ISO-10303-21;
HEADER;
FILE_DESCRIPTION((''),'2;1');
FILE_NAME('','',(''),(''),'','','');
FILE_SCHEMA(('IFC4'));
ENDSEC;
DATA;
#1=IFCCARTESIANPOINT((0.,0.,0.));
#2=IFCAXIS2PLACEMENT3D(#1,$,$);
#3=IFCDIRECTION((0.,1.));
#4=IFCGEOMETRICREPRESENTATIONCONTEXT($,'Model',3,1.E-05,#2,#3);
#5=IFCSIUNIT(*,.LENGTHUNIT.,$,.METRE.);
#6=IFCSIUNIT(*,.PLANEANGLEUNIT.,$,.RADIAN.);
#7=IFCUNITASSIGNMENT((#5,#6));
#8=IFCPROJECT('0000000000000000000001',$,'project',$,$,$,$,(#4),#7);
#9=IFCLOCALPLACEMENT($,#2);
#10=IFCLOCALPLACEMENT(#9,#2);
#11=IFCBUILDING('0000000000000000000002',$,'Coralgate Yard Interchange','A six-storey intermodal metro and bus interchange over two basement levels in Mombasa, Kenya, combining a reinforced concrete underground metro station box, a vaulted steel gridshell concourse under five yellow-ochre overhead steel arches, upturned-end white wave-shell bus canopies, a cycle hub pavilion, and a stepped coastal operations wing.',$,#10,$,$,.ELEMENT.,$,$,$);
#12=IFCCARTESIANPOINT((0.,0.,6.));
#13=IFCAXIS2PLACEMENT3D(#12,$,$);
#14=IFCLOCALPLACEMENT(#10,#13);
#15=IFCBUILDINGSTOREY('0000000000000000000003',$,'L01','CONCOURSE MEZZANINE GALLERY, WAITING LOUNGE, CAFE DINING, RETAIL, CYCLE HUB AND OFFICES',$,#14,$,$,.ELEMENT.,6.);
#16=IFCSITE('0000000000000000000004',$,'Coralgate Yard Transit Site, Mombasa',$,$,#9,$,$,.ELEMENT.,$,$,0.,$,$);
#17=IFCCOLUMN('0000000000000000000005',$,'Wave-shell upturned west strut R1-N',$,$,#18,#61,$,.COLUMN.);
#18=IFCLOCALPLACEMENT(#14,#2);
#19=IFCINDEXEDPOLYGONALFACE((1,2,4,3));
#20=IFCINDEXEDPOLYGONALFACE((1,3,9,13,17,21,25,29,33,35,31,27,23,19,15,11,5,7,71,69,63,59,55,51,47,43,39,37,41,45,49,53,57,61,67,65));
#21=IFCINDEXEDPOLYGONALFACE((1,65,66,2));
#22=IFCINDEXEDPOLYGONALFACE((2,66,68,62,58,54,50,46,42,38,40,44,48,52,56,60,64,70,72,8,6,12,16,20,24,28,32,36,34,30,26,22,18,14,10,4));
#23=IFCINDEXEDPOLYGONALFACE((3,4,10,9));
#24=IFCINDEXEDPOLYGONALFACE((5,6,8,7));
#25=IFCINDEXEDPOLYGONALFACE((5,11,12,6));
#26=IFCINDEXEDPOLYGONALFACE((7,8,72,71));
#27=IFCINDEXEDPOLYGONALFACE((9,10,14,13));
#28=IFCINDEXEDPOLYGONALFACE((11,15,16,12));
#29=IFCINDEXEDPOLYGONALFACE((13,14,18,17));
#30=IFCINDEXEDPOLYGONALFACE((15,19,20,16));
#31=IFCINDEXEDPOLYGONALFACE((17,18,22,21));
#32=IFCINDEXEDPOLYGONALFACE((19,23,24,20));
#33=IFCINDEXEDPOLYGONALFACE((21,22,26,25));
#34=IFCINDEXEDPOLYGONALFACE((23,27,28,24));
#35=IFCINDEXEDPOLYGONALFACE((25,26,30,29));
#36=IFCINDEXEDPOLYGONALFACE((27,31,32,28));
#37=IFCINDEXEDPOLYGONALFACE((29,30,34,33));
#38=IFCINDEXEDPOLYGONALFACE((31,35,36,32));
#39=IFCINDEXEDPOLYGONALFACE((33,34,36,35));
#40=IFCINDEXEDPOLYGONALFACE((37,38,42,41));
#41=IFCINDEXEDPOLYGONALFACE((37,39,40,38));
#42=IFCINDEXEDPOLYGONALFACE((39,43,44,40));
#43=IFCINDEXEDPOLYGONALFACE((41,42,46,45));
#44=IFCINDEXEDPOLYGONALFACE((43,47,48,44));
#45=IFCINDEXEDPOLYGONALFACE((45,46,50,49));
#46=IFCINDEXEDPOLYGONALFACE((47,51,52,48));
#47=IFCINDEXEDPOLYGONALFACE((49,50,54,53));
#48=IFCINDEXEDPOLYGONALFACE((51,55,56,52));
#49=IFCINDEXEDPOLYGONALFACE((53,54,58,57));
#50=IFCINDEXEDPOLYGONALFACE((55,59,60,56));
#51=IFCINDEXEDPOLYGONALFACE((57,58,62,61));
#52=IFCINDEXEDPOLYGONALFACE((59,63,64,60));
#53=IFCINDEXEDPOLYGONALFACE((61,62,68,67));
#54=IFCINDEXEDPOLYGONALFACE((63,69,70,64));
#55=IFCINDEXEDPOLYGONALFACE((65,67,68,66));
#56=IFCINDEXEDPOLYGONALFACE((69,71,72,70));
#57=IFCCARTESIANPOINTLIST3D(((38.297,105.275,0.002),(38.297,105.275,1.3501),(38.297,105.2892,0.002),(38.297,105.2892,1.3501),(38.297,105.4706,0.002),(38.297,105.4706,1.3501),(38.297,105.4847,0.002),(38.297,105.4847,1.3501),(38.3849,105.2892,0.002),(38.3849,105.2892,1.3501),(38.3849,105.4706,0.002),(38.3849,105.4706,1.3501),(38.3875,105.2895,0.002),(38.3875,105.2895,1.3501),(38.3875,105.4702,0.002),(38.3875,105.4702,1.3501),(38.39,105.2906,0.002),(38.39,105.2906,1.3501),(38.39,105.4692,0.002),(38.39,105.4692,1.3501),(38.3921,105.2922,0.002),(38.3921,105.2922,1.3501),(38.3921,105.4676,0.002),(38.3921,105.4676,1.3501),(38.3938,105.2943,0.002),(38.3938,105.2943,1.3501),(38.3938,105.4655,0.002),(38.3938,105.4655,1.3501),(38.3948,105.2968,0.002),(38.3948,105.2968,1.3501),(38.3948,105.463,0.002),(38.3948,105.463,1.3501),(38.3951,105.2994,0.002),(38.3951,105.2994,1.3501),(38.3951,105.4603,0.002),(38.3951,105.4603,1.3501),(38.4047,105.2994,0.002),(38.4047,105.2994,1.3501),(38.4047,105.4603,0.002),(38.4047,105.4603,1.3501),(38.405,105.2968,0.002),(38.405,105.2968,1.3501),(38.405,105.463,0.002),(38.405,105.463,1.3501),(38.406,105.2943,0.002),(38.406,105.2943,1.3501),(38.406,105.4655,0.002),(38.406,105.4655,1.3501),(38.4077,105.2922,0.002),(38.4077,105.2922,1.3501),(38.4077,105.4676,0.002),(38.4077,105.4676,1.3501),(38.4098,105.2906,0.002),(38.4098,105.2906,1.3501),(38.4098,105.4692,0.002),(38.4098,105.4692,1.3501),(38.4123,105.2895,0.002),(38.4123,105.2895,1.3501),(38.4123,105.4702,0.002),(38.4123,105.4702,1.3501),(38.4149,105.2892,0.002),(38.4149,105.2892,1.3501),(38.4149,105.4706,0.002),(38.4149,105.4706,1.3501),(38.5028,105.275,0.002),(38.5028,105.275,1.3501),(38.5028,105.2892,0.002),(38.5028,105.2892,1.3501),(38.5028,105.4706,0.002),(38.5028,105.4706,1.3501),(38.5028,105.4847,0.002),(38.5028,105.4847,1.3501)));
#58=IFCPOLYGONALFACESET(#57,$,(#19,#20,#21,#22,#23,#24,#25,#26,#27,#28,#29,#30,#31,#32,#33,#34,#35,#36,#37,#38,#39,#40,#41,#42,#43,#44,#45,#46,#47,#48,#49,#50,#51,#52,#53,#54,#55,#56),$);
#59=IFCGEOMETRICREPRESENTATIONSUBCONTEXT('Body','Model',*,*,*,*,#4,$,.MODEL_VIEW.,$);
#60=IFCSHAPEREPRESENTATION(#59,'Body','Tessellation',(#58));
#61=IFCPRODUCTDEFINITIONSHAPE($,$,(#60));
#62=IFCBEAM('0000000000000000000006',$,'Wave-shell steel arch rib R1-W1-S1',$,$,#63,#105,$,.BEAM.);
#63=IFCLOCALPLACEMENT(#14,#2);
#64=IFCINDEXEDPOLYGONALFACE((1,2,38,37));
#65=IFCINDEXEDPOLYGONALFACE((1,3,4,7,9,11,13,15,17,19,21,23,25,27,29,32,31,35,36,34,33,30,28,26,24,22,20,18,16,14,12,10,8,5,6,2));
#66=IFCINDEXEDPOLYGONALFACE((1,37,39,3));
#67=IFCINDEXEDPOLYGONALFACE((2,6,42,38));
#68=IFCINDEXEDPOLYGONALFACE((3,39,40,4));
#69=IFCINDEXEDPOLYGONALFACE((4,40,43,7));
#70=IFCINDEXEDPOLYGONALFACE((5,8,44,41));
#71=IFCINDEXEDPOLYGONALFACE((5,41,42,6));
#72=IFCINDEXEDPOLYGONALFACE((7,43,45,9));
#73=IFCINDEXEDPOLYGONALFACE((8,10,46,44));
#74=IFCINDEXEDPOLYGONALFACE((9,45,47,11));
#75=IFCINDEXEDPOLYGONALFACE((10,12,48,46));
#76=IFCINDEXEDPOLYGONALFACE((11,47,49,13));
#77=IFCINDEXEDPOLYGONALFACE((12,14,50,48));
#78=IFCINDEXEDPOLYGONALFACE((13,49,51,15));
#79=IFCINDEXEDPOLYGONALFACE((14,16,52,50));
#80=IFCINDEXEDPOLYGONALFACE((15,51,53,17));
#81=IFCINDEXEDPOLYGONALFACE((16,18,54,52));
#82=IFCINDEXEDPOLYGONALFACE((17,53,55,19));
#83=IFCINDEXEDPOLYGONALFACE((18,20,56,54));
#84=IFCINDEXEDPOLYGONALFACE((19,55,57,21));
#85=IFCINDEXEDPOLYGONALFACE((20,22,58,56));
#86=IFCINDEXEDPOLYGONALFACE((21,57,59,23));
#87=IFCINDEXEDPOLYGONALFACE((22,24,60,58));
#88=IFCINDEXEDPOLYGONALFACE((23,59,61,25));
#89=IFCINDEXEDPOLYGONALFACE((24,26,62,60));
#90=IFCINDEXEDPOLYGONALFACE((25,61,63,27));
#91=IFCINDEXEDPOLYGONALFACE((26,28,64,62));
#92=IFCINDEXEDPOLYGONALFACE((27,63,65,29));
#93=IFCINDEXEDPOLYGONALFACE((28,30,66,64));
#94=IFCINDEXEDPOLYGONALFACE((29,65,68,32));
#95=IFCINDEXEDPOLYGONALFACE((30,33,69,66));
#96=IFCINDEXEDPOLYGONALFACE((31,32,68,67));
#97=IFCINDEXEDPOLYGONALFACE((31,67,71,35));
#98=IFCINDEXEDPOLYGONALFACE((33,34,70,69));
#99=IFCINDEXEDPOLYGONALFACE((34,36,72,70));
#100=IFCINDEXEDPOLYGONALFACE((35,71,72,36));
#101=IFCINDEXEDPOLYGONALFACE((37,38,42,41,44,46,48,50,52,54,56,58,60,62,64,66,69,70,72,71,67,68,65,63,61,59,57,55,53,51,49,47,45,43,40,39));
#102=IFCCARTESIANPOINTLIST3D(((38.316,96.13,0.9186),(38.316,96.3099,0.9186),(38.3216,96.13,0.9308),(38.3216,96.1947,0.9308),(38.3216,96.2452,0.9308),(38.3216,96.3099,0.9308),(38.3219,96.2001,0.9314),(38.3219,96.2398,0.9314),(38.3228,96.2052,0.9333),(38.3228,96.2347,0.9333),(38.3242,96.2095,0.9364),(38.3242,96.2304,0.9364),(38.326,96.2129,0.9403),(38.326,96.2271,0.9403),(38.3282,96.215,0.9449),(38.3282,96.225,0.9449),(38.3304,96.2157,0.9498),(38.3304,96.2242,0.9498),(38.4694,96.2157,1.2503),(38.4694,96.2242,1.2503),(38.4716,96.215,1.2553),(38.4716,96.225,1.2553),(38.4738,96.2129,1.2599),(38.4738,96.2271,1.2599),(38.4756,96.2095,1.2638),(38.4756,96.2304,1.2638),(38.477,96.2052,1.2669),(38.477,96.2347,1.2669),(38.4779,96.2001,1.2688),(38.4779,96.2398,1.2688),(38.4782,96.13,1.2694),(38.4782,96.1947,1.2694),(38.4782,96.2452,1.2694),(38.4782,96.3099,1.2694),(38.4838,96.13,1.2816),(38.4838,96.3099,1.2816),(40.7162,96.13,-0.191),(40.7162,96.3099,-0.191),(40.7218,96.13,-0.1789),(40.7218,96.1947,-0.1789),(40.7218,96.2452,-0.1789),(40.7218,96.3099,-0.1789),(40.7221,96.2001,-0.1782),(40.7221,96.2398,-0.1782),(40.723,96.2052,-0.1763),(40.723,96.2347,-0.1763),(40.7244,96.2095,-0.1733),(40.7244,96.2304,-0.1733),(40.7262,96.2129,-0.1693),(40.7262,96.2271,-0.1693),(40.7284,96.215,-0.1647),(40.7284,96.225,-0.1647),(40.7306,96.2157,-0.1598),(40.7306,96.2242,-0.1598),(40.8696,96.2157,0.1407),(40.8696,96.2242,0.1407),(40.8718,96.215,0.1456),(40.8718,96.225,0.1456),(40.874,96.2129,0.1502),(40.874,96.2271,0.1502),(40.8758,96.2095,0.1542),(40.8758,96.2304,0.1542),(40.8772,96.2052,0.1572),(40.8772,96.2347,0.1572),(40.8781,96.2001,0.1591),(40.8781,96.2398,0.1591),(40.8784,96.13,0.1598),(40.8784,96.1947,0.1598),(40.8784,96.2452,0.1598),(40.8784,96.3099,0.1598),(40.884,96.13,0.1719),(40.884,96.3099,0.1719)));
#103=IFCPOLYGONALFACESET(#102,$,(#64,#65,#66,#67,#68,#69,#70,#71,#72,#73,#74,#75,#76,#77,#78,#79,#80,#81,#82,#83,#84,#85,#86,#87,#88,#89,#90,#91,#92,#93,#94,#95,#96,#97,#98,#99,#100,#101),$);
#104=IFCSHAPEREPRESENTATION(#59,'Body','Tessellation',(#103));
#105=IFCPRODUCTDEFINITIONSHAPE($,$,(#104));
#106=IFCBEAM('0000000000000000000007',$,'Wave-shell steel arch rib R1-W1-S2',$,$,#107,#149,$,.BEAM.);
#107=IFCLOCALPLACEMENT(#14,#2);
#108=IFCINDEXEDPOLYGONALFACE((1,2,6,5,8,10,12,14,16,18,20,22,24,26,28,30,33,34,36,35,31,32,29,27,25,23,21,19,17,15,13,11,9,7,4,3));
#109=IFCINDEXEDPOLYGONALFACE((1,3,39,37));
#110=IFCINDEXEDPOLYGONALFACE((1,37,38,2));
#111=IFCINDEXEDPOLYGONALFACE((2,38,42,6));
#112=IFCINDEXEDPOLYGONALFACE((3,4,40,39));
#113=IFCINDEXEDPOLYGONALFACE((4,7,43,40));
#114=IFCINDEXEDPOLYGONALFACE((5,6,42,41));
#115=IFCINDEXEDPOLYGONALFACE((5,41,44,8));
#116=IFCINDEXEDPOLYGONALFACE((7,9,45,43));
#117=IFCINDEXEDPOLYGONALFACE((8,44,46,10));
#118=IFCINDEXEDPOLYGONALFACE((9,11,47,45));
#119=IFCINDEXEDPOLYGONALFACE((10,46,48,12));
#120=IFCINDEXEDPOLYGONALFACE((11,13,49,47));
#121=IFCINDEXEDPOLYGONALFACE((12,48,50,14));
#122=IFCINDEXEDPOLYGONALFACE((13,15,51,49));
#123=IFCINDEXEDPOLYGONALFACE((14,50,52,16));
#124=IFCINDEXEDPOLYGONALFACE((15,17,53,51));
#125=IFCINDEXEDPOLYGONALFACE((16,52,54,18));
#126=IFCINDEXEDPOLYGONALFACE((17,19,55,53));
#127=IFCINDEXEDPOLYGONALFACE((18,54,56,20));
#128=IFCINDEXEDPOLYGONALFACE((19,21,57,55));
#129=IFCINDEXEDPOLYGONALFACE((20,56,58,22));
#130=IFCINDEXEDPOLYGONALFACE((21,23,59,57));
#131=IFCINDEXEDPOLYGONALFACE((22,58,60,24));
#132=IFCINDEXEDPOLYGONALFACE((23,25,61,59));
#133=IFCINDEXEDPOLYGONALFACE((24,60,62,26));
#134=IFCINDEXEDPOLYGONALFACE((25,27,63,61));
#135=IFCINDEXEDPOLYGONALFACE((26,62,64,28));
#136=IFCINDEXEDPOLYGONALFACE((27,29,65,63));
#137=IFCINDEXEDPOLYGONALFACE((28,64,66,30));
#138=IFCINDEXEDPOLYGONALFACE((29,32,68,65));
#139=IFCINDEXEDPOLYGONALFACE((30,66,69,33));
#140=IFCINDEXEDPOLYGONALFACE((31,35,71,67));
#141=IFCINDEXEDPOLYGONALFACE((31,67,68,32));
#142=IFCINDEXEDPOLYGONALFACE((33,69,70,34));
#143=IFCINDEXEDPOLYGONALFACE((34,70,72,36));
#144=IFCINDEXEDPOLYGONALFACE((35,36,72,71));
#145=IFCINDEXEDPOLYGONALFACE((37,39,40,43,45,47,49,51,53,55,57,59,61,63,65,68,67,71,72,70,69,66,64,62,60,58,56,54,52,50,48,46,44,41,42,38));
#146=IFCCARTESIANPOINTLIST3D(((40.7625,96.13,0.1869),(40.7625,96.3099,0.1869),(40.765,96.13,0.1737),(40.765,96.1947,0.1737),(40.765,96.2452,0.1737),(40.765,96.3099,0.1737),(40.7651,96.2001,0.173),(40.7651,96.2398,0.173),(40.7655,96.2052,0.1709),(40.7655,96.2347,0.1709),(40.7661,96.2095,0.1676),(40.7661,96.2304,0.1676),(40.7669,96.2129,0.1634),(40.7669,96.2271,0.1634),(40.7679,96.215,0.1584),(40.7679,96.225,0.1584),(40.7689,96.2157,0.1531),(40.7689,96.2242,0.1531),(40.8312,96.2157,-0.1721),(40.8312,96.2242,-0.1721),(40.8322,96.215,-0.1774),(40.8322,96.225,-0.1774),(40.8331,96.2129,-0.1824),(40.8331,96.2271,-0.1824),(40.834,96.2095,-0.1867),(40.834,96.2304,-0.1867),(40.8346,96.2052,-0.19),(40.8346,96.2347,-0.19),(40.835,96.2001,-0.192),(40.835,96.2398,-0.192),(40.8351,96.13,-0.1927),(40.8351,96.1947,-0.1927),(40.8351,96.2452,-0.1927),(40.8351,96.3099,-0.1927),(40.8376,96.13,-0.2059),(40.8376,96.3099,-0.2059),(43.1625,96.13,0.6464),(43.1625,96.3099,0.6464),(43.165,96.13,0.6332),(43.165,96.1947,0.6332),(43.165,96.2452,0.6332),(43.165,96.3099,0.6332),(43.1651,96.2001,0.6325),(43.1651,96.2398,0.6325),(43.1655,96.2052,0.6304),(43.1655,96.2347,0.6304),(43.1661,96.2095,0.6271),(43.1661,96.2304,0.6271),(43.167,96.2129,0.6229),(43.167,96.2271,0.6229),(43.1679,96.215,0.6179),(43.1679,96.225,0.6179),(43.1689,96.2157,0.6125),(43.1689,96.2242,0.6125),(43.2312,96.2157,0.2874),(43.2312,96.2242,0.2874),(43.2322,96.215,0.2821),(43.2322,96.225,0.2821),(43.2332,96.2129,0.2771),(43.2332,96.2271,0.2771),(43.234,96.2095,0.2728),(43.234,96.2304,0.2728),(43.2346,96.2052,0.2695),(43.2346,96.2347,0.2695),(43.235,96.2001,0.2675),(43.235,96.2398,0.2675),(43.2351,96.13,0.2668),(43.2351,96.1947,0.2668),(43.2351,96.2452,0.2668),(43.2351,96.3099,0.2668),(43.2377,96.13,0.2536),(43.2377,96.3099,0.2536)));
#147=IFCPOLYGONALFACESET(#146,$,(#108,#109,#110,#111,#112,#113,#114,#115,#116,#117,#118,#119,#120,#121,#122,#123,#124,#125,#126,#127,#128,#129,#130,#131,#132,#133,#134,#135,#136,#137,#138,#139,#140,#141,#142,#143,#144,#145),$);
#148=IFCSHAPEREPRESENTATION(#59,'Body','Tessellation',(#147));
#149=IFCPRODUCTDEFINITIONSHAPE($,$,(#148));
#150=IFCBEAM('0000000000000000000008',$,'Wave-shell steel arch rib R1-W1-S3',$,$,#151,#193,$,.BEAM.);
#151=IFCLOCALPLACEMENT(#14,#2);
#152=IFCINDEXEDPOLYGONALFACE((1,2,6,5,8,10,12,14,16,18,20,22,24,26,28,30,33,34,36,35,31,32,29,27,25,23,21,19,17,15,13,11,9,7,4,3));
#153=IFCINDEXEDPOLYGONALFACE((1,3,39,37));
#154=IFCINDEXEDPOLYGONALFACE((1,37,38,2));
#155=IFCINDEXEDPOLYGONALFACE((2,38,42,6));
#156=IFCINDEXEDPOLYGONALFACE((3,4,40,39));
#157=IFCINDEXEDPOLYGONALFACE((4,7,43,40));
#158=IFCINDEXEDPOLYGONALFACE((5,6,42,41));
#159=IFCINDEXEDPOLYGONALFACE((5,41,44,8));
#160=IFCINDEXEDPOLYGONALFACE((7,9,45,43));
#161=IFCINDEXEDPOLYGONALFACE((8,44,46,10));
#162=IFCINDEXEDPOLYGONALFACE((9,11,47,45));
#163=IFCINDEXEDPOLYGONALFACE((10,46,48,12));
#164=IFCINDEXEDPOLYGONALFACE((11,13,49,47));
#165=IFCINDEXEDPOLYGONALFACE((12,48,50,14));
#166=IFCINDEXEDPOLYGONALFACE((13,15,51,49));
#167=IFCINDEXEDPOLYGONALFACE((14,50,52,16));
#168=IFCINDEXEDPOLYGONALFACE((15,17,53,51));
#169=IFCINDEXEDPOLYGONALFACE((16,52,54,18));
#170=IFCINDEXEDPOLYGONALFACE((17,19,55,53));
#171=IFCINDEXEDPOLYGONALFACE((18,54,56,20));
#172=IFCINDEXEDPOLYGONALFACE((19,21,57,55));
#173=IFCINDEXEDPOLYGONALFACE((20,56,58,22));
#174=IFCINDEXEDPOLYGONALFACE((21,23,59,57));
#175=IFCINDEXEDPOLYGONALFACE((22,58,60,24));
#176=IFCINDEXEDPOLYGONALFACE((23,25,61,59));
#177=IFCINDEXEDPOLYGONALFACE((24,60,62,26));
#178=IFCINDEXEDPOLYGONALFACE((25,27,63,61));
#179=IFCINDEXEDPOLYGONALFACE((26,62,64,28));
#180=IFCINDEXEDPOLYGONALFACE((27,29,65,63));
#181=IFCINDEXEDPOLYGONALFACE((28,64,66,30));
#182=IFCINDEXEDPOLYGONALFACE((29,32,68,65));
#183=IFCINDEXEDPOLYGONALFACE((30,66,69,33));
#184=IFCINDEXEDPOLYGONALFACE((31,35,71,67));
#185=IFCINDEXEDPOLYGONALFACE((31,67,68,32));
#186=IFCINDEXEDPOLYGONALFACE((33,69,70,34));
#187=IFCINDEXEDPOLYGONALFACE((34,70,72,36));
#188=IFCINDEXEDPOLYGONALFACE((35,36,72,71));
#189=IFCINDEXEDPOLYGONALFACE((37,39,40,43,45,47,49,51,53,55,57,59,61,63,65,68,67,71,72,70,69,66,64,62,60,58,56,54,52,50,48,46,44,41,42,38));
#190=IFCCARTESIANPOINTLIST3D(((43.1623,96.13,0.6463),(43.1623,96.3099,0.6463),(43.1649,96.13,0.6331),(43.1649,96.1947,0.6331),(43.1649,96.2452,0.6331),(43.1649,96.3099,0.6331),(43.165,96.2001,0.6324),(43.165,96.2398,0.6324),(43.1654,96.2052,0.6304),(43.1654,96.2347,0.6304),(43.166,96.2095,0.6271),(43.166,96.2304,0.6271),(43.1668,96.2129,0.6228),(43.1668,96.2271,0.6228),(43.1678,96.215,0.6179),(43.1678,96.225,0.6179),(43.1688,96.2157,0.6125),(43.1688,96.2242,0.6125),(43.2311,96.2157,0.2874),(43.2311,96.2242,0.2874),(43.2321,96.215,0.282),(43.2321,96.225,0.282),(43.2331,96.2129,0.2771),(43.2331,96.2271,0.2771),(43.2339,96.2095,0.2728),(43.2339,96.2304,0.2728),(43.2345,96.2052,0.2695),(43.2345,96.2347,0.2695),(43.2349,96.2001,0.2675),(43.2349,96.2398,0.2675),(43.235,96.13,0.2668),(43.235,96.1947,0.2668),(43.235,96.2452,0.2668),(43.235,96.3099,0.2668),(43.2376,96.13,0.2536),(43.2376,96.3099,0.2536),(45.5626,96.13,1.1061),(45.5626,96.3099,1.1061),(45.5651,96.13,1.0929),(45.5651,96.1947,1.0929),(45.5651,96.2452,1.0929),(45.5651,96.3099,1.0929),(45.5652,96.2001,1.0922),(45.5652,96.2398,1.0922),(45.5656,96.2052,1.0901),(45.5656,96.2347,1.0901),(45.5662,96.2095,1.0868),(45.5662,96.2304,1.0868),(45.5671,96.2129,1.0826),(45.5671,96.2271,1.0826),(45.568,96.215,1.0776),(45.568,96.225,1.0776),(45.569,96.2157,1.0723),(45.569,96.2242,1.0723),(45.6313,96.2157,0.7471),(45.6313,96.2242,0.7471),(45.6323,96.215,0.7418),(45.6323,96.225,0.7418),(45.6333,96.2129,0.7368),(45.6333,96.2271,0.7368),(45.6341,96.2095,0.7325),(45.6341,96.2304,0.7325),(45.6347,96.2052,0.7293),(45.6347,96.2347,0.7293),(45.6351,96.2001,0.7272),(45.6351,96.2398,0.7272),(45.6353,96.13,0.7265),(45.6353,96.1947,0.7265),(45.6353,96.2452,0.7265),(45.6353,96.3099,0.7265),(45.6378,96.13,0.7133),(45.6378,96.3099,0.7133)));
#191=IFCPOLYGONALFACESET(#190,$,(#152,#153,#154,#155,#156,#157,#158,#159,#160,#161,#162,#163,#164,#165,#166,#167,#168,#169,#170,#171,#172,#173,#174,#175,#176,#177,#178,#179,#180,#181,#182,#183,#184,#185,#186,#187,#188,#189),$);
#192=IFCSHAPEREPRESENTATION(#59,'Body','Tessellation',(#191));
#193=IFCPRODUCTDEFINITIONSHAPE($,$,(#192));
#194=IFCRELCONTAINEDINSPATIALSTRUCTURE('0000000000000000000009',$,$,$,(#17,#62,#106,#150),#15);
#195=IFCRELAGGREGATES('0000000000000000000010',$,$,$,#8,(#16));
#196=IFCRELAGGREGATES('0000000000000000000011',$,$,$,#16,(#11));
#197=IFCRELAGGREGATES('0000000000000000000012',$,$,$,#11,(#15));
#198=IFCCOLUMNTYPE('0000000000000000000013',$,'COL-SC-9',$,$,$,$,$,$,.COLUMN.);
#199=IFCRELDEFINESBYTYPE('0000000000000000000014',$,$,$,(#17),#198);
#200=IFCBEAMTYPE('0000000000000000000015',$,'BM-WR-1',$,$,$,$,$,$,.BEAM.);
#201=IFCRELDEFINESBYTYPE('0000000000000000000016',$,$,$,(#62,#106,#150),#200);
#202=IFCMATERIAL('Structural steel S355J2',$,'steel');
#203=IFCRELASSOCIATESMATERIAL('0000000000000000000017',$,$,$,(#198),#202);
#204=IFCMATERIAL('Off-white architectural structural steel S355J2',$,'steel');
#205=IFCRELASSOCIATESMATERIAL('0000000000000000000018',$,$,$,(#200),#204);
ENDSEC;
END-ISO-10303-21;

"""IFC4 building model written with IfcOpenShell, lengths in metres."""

from ifc_helpers import new_model, si_unit, direction, frame, origin, origin_2d, place, context, subcontext, project, spatial, i_section, extrude, material, material_profile, profile_set, type_object, element, save


model = new_model("IFC4")

# Units and contexts
model_context = context("Model", 3, precision=1e-05, world=origin(), true_north=direction((0.0, 1.0)))
body_context = subcontext(model_context, "Body", "Model", "MODEL_VIEW")
ifc_project = project(units=[si_unit("LENGTHUNIT", "METRE"), si_unit("PLANEANGLEUNIT", "RADIAN")], contexts=[model_context])

# Site, building, storey
site_placement = place(None, origin())
site = spatial("IfcSite", under=ifc_project, at=site_placement, Name="Coralgate Yard Transit Site, Mombasa", CompositionType="ELEMENT", RefElevation=0.0)
building_placement = place(site_placement, origin())
building = spatial("IfcBuilding", under=site, at=building_placement, Name="Coralgate Yard Interchange", Description="A six-storey intermodal metro and bus interchange over two basement levels in Mombasa, Kenya, combining a reinforced concrete underground metro station box, a vaulted steel gridshell concourse under five yellow-ochre overhead steel arches, upturned-end white wave-shell bus canopies, a cycle hub pavilion, and a stepped coastal operations wing.", CompositionType="ELEMENT")
storey_placement = place(building_placement, frame((0.0, 0.0, 6.0)))
storey = spatial("IfcBuildingStorey", under=building, at=storey_placement, Name="L01", Description="CONCOURSE MEZZANINE GALLERY, WAITING LOUNGE, CAFE DINING, RETAIL, CYCLE HUB AND OFFICES", CompositionType="ELEMENT", Elevation=6.0)

# Column
ifc_material_1 = material(Name="Structural steel S355J2", Category="steel")
ifc_material_profile_1 = material_profile(ifc_material_1, i_section(OverallWidth=0.2058, OverallDepth=0.2097, WebThickness=0.0095, FlangeThickness=0.0142, FilletRadius=0.0103, at=origin_2d()), Name="UC 203x203x60")
ifc_profile_set_1 = profile_set([ifc_material_profile_1], Name="Structural steel S355J2")
column_type = type_object("IfcColumnType", Name="COL-SC-9", PredefinedType="COLUMN", material=ifc_profile_set_1)
column_placement = place(storey_placement, frame((38.3999, 105.3799, 0.002), z_axis=(0.0, 0.0, 1.0), x_axis=(1.0, 0.0, 0.0)))
element("IfcColumn", 1, at=column_placement, inside=storey, type_object=column_type, Name="Wave-shell upturned west strut R1-N", PredefinedType="COLUMN", context=body_context, shape_type="SweptSolid", body=[
    extrude(i_section(OverallWidth=0.2058, OverallDepth=0.2097, WebThickness=0.0095, FlangeThickness=0.0142, FilletRadius=0.0103, at=origin_2d()), origin(), (0.0, 0.0, 1.0), 1.3481),
])

# Beams
ifc_material_2 = material(Name="Off-white architectural structural steel S355J2", Category="steel")
ifc_material_profile_2 = material_profile(ifc_material_2, i_section(OverallWidth=0.1799, OverallDepth=0.3999, WebThickness=0.0085, FlangeThickness=0.0134, FilletRadius=0.021, at=origin_2d()), Name="IPE 400")
ifc_profile_set_2 = profile_set([ifc_material_profile_2], Name="Off-white architectural structural steel S355J2")
beam_type_1 = type_object("IfcBeamType", Name="BM-WR-1", PredefinedType="BEAM", material=ifc_profile_set_2)
beam_1_placement = place(storey_placement, frame((38.3999, 96.22, 1.1001), z_axis=(0.907692, 0.0, -0.419638), x_axis=(0.0, 1.0, 0.0)))
element("IfcBeam", 2, at=beam_1_placement, inside=storey, type_object=beam_type_1, Name="Wave-shell steel arch rib R1-W1-S1", PredefinedType="BEAM", context=body_context, shape_type="SweptSolid", body=[
    extrude(i_section(OverallWidth=0.1799, OverallDepth=0.3999, WebThickness=0.0085, FlangeThickness=0.0134, FilletRadius=0.021, at=origin_2d()), origin(), (0.0, 0.0, 1.0), 2.6443),
])
beam_2_placement = place(storey_placement, frame((40.8, 96.22, -0.0095), z_axis=(0.982161, 0.0, 0.188039), x_axis=(0.0, 1.0, 0.0)))
element("IfcBeam", 3, at=beam_2_placement, inside=storey, type_object=beam_type_1, Name="Wave-shell steel arch rib R1-W1-S2", PredefinedType="BEAM", context=body_context, shape_type="SweptSolid", body=[
    extrude(i_section(OverallWidth=0.1799, OverallDepth=0.3999, WebThickness=0.0085, FlangeThickness=0.0134, FilletRadius=0.021, at=origin_2d()), origin(), (0.0, 0.0, 1.0), 2.4436),
])
beam_3_placement = place(storey_placement, frame((43.2, 96.22, 0.45), z_axis=(0.982147, 0.0, 0.188117), x_axis=(0.0, 1.0, 0.0)))
element("IfcBeam", 4, at=beam_3_placement, inside=storey, type_object=beam_type_1, Name="Wave-shell steel arch rib R1-W1-S3", PredefinedType="BEAM", context=body_context, shape_type="SweptSolid", body=[
    extrude(i_section(OverallWidth=0.1799, OverallDepth=0.3999, WebThickness=0.0085, FlangeThickness=0.0134, FilletRadius=0.021, at=origin_2d()), origin(), (0.0, 0.0, 1.0), 2.4438),
])

save(model, "model.ifc")
